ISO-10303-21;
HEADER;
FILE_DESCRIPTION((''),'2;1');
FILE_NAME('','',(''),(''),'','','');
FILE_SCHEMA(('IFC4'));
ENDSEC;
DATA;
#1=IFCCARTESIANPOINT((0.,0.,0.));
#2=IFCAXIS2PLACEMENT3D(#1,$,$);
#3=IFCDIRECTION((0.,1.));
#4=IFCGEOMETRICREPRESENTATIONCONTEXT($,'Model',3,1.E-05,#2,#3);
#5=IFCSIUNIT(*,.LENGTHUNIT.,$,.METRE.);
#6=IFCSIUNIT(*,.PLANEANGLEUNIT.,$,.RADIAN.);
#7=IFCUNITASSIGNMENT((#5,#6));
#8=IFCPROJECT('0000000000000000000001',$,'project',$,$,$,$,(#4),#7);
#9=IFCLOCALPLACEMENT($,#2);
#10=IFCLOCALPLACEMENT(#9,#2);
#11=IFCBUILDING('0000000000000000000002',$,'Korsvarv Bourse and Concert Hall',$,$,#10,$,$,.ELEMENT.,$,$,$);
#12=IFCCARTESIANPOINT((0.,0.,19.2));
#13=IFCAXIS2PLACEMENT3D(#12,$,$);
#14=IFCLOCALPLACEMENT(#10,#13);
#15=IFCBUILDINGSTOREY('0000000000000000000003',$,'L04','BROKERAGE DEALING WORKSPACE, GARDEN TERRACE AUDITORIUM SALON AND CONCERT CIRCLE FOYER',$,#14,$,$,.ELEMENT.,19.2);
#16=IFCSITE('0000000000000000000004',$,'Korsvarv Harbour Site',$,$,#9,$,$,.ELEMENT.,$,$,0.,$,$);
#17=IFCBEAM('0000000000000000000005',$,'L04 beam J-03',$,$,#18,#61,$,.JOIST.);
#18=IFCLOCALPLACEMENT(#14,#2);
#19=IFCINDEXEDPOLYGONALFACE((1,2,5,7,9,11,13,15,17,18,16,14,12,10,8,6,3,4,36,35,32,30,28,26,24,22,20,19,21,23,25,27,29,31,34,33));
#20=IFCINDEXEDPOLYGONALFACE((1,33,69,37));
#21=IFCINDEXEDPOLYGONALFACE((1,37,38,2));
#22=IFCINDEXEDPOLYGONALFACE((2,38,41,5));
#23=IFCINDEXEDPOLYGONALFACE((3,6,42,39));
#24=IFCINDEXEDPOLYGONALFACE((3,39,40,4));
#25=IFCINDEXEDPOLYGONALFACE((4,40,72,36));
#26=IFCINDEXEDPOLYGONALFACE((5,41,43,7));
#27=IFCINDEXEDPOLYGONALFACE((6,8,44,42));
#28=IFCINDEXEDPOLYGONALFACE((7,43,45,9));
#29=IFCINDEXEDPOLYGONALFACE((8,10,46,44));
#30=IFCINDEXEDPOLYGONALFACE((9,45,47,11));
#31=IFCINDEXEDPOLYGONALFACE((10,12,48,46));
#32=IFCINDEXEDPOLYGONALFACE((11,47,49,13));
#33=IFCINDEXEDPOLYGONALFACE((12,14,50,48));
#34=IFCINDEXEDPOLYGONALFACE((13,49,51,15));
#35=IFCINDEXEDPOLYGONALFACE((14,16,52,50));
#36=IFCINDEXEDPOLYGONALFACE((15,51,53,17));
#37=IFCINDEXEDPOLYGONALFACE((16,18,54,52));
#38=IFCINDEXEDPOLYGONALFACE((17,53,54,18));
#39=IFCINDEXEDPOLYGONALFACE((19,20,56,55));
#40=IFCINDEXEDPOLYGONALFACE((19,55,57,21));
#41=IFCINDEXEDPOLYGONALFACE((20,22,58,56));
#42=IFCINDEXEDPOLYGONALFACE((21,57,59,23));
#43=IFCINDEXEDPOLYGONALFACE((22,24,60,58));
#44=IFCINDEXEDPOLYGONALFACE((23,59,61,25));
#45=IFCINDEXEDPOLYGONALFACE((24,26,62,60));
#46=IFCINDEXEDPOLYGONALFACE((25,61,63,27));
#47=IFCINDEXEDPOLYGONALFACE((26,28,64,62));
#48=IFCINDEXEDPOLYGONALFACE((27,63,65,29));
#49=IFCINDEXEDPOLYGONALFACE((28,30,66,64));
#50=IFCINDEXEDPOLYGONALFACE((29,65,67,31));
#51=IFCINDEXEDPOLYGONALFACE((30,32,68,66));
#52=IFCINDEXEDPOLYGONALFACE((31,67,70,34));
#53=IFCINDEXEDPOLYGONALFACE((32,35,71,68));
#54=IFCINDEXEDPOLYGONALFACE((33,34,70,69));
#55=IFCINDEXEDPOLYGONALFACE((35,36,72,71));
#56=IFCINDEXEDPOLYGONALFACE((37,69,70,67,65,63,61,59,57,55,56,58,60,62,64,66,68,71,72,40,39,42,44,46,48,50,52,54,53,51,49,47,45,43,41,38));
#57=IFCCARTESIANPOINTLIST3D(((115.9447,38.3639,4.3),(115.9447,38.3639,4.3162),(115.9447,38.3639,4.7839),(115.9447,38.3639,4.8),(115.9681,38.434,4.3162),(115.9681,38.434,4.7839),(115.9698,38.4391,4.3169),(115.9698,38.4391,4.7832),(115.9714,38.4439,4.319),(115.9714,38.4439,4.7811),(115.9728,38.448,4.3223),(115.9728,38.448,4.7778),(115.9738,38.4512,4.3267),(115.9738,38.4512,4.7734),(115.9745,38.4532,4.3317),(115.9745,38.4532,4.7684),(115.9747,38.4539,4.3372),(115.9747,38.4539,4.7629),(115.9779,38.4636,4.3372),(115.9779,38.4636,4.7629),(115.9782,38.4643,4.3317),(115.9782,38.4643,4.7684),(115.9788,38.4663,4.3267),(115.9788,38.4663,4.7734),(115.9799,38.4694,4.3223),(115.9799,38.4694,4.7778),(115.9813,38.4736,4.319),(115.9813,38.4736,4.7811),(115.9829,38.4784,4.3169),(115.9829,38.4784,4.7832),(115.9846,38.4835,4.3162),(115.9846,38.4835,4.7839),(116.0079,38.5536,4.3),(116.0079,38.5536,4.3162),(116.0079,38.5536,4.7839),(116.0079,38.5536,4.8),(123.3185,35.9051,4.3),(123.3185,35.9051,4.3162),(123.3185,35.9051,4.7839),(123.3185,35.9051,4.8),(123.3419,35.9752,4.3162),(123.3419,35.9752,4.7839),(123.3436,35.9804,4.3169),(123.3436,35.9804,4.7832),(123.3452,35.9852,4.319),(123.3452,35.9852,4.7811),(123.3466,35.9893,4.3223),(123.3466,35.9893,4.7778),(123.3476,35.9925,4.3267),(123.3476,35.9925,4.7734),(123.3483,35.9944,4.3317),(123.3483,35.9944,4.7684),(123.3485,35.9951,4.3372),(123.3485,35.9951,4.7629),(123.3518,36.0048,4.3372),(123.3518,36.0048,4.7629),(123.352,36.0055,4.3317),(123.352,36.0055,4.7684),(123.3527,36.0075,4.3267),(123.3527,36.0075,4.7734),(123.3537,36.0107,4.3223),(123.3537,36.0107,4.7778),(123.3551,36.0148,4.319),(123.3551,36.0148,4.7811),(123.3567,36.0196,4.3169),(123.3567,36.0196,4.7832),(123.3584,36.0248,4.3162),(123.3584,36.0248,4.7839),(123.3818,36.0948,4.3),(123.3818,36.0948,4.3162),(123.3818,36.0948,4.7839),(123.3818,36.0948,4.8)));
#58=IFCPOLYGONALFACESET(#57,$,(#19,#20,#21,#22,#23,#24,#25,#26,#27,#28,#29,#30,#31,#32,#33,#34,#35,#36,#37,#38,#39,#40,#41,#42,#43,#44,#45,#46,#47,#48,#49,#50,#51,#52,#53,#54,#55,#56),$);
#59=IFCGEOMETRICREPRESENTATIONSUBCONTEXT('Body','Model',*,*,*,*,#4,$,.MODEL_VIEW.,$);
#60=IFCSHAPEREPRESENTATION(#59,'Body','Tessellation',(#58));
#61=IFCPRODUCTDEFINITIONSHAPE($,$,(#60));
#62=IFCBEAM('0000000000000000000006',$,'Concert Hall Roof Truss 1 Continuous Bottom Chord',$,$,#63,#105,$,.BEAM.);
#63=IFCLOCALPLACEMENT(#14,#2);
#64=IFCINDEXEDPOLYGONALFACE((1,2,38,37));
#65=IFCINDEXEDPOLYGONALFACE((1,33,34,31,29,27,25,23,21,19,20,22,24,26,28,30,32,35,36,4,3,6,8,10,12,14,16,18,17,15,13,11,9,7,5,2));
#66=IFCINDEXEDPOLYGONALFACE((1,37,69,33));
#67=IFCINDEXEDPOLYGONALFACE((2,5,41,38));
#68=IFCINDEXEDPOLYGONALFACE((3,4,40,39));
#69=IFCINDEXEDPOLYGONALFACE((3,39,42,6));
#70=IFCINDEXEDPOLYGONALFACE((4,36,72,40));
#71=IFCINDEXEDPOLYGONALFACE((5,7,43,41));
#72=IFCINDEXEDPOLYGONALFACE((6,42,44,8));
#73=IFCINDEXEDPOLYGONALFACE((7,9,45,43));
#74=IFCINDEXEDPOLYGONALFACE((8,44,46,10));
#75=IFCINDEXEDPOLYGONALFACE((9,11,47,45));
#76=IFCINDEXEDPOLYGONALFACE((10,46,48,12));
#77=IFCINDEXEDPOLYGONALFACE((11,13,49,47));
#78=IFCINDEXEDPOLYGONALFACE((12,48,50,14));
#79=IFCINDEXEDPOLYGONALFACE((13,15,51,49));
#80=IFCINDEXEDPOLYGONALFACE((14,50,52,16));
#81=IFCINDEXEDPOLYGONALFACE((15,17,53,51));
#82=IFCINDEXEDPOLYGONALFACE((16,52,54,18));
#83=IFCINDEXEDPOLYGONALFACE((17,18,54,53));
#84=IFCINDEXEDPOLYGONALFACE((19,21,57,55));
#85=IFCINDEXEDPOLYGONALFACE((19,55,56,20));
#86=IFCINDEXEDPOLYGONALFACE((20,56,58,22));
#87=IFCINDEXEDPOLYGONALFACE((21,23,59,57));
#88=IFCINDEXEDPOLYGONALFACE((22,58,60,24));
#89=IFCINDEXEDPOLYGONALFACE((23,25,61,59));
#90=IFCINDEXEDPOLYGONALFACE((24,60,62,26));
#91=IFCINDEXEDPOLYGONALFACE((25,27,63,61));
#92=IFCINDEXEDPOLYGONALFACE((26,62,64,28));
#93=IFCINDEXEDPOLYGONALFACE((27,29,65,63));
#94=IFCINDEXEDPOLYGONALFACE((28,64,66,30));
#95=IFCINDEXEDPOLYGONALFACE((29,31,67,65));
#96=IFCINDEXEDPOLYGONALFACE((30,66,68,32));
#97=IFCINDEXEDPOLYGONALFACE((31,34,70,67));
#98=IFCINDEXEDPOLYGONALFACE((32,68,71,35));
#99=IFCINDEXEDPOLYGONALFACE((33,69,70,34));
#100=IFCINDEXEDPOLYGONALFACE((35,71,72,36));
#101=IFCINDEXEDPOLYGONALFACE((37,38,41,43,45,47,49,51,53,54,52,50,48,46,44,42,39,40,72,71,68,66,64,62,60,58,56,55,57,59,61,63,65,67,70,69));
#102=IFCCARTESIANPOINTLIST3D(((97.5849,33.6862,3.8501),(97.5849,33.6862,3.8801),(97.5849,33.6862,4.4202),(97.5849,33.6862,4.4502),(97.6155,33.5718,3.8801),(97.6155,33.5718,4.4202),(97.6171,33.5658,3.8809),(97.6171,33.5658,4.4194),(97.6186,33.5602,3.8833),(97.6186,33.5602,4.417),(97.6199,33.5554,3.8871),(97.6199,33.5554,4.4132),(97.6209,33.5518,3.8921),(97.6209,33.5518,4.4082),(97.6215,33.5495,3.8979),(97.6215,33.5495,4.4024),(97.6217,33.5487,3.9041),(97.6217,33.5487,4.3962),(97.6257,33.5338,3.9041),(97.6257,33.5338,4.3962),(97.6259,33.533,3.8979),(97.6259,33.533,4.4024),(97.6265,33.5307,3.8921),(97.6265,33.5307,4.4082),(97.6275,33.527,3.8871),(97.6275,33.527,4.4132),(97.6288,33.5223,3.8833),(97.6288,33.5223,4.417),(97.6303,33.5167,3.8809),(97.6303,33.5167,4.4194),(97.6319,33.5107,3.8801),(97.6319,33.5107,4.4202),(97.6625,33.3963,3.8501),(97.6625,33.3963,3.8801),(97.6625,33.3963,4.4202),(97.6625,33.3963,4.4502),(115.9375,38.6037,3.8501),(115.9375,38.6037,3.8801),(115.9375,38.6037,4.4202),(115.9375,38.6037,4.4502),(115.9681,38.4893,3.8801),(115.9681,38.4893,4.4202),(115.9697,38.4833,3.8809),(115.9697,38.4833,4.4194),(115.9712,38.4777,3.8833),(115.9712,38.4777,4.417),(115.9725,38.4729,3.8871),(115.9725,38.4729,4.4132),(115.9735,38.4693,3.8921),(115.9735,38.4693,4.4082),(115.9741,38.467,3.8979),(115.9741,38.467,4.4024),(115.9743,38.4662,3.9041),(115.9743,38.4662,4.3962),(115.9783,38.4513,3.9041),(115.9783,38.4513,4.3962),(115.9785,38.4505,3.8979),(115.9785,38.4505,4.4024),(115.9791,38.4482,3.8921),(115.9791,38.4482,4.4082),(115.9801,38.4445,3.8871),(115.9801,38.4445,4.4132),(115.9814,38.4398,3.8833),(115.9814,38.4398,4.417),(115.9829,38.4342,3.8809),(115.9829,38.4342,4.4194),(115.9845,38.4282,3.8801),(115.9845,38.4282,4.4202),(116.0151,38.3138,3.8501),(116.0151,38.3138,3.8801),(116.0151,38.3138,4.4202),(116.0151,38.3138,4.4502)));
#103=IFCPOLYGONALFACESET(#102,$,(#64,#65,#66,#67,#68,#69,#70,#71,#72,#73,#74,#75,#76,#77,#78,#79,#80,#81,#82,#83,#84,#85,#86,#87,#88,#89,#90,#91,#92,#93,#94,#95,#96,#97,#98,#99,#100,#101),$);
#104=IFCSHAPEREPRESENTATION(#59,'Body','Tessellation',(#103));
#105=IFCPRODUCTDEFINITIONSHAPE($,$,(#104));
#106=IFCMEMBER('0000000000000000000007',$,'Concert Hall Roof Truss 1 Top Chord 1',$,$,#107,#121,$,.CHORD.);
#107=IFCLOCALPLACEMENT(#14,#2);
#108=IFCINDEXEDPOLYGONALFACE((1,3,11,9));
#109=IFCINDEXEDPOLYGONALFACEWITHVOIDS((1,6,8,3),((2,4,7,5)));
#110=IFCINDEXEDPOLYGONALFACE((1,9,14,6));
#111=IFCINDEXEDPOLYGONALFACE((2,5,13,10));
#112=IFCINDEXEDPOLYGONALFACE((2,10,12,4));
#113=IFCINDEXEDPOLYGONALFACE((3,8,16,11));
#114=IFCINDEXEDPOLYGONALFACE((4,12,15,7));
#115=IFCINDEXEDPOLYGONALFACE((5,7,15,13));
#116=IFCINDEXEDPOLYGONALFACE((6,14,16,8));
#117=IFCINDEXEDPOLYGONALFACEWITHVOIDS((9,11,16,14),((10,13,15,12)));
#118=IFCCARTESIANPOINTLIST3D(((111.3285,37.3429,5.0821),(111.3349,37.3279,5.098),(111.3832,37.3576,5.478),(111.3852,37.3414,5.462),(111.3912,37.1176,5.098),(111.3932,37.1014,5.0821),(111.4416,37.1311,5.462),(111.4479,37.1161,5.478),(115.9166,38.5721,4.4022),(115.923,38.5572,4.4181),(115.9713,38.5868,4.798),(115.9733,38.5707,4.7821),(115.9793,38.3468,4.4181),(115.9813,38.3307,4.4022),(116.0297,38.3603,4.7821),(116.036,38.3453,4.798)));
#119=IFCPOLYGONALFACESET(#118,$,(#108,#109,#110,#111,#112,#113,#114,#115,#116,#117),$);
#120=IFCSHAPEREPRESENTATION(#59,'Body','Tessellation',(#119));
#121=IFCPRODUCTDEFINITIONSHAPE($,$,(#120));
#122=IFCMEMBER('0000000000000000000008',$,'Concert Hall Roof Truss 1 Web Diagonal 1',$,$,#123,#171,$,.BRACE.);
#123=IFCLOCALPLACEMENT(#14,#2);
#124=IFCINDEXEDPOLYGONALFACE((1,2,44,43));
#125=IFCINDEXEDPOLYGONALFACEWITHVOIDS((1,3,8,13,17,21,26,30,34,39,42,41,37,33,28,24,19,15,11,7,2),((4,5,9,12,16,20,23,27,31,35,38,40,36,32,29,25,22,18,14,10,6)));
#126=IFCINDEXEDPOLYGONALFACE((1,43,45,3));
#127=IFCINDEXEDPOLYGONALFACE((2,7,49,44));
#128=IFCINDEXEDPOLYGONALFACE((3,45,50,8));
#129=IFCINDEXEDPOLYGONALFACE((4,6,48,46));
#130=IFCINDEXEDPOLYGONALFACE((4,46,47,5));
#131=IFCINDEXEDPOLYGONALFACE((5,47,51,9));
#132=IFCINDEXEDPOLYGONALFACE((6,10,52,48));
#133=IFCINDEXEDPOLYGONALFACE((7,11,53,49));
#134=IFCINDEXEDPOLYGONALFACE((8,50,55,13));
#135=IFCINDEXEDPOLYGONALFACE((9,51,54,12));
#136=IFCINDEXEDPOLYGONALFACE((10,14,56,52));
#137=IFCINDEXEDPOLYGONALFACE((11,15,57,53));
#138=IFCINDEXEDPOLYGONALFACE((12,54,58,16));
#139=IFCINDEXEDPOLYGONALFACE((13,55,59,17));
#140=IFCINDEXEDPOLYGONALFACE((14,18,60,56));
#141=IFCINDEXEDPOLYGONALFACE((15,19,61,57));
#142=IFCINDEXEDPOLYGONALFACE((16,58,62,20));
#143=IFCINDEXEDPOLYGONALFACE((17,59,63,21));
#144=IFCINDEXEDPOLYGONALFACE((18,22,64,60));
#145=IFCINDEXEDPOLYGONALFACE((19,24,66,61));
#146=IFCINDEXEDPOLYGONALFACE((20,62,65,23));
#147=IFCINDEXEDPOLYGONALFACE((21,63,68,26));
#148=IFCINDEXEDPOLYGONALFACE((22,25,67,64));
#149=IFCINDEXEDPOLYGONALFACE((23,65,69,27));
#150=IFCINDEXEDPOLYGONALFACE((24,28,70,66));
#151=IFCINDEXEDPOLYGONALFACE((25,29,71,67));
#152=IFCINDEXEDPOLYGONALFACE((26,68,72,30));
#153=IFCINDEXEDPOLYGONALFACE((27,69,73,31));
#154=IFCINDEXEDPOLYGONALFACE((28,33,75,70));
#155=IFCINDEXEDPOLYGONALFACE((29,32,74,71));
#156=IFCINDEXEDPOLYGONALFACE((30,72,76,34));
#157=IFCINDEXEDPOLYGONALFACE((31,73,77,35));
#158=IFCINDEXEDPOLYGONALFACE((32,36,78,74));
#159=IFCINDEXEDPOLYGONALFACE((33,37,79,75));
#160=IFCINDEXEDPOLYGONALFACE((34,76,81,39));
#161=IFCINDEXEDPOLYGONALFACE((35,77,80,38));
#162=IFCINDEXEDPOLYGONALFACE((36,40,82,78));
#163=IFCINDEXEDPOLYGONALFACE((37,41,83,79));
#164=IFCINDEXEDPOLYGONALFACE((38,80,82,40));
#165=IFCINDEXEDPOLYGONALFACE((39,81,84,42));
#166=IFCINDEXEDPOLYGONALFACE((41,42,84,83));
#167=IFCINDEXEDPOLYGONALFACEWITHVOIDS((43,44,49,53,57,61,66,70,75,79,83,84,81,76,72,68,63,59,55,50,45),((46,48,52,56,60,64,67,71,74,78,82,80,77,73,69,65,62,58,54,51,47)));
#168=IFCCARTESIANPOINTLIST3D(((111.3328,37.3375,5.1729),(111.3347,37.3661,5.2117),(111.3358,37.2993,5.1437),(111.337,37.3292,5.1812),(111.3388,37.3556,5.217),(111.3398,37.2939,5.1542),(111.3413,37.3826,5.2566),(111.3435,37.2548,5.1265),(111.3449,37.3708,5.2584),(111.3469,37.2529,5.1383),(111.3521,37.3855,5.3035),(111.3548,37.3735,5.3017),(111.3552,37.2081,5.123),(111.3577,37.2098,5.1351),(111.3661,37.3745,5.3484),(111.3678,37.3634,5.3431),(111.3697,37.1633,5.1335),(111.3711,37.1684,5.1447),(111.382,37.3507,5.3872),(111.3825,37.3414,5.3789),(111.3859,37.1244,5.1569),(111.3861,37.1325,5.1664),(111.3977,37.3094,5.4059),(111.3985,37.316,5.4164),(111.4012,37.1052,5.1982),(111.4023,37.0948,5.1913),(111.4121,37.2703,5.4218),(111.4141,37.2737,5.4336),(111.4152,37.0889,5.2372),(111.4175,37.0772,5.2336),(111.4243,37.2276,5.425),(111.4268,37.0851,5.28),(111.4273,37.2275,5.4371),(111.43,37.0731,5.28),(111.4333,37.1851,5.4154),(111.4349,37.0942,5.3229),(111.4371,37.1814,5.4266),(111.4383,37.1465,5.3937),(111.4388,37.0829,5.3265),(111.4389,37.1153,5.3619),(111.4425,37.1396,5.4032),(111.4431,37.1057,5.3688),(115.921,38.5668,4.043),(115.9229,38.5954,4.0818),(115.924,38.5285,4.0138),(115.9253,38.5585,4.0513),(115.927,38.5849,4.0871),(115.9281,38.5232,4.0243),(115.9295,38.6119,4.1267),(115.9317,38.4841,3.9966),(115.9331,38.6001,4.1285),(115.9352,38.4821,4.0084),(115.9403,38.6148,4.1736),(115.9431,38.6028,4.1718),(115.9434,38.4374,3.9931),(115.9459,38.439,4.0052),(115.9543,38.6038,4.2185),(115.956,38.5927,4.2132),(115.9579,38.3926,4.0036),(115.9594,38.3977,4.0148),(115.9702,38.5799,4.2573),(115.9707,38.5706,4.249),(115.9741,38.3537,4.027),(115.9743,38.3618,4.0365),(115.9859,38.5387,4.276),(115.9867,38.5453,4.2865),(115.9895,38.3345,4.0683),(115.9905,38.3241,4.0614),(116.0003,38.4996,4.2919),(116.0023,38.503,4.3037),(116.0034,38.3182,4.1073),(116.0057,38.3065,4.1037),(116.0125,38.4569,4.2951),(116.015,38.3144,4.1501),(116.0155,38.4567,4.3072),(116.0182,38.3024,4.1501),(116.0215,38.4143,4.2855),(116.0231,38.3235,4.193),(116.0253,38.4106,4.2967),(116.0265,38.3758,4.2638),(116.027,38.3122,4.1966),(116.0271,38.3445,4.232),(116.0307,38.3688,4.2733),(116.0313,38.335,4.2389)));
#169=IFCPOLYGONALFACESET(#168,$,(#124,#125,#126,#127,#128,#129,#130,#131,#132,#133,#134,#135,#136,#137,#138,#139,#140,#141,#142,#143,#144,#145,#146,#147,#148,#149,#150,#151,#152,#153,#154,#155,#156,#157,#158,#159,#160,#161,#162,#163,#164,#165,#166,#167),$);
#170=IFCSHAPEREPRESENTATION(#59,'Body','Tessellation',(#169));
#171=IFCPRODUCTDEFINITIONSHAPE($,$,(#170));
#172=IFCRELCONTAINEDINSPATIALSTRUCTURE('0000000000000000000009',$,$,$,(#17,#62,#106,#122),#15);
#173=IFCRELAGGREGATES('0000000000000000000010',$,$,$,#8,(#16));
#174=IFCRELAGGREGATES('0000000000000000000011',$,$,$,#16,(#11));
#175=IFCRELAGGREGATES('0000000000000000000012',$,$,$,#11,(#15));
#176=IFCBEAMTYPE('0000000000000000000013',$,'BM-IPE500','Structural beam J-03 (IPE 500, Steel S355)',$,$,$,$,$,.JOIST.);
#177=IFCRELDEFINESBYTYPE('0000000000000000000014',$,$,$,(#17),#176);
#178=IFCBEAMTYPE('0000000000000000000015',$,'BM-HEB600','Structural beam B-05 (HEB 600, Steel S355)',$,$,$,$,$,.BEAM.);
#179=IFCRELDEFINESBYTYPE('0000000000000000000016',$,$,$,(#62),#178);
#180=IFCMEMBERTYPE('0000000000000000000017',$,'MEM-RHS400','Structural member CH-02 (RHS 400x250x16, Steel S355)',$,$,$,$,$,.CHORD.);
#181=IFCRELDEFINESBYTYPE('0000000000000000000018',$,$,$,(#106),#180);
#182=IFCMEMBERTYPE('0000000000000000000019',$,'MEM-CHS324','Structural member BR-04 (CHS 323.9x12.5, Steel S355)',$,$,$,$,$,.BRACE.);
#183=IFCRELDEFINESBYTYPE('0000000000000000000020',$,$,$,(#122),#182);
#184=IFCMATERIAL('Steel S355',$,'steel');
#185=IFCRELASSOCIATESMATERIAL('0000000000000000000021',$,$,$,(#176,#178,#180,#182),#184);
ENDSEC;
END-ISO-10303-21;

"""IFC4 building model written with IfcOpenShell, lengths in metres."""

from ifc_helpers import new_model, si_unit, direction, frame, origin, origin_2d, place, context, subcontext, project, spatial, hollow_rectangle, hollow_circle, i_section, extrude, source, transform, mapped, material, material_profile, profile_set, type_object, element, save


model = new_model("IFC4")

# Units and contexts
model_context = context("Model", 3, precision=1e-05, world=origin(), true_north=direction((0.0, 1.0)))
body_context = subcontext(model_context, "Body", "Model", "MODEL_VIEW")
ifc_project = project(units=[si_unit("LENGTHUNIT", "METRE"), si_unit("PLANEANGLEUNIT", "RADIAN")], contexts=[model_context])

# Site, building, storey
site_placement = place(None, origin())
site = spatial("IfcSite", under=ifc_project, at=site_placement, Name="Korsvarv Harbour Site", CompositionType="ELEMENT", RefElevation=0.0)
building_placement = place(site_placement, origin())
building = spatial("IfcBuilding", under=site, at=building_placement, Name="Korsvarv Bourse and Concert Hall", CompositionType="ELEMENT")
storey_placement = place(building_placement, frame((0.0, 0.0, 19.2)))
storey = spatial("IfcBuildingStorey", under=building, at=storey_placement, Name="L04", Description="BROKERAGE DEALING WORKSPACE, GARDEN TERRACE AUDITORIUM SALON AND CONCERT CIRCLE FOYER", CompositionType="ELEMENT", Elevation=19.2)

# Beams
ifc_material_1 = material(Name="Steel S355", Category="steel")
ifc_material_profile_1 = material_profile(ifc_material_1, i_section(OverallWidth=0.2, OverallDepth=0.5, WebThickness=0.0103, FlangeThickness=0.0161, FilletRadius=0.021, at=origin_2d()), Name="IPE 500")
ifc_profile_set_1 = profile_set([ifc_material_profile_1], Name="Steel S355")
beam_type_1 = type_object("IfcBeamType", Name="BM-IPE500", Description="Structural beam J-03 (IPE 500, Steel S355)", PredefinedType="JOIST", material=ifc_profile_set_1)
shared_shape_1 = source(origin(), body_context, "Body", "SweptSolid", [
    extrude(i_section(OverallWidth=0.2, OverallDepth=0.5, WebThickness=0.0103, FlangeThickness=0.0161, FilletRadius=0.021, at=origin_2d()), origin(), (0.0, 0.0, 1.0), 7.7729),
])
beam_1_placement = place(storey_placement, frame((115.9763, 38.4587, 4.55), z_axis=(0.948652, -0.316322, 0.0), x_axis=(0.316322, 0.948652, 0.0)))
element("IfcBeam", 1, at=beam_1_placement, inside=storey, type_object=beam_type_1, Name="L04 beam J-03", PredefinedType="JOIST", context=body_context, shape_type="MappedRepresentation", body=[
    mapped(shared_shape_1, transform((0.0, 0.0, 0.0), scale=1.0)),
])
ifc_material_profile_2 = material_profile(ifc_material_1, i_section(OverallWidth=0.3, OverallDepth=0.6001, WebThickness=0.0154, FlangeThickness=0.03, FilletRadius=0.0239, at=origin_2d()), Name="HEB 600")
ifc_profile_set_2 = profile_set([ifc_material_profile_2], Name="Steel S355")
beam_type_2 = type_object("IfcBeamType", Name="BM-HEB600", Description="Structural beam B-05 (HEB 600, Steel S355)", PredefinedType="BEAM", material=ifc_profile_set_2)
shared_shape_2 = source(origin(), body_context, "Body", "SweptSolid", [
    extrude(i_section(OverallWidth=0.3, OverallDepth=0.6001, WebThickness=0.0154, FlangeThickness=0.03, FilletRadius=0.0239, at=origin_2d()), origin(), (0.0, 0.0, 1.0), 19.0),
])
beam_2_placement = place(storey_placement, frame((115.9763, 38.4587, 4.1501), z_axis=(-0.965927, -0.258816, 0.0), x_axis=(0.258816, -0.965927, 0.0)))
element("IfcBeam", 2, at=beam_2_placement, inside=storey, type_object=beam_type_2, Name="Concert Hall Roof Truss 1 Continuous Bottom Chord", PredefinedType="BEAM", context=body_context, shape_type="MappedRepresentation", body=[
    mapped(shared_shape_2, transform((0.0, 0.0, 0.0), scale=1.0)),
])

# Members
ifc_material_profile_3 = material_profile(ifc_material_1, hollow_rectangle(XDim=0.25, YDim=0.3999, WallThickness=0.0161, at=origin_2d()), Name="RHS 400x250x16")
ifc_profile_set_3 = profile_set([ifc_material_profile_3], Name="Steel S355")
member_type_1 = type_object("IfcMemberType", Name="MEM-RHS400", Description="Structural member CH-02 (RHS 400x250x16, Steel S355)", PredefinedType="CHORD", material=ifc_profile_set_3)
shared_shape_3 = source(origin(), body_context, "Body", "SweptSolid", [
    extrude(hollow_rectangle(XDim=0.25, YDim=0.3999, WallThickness=0.0161, at=origin_2d()), origin(), (0.0, 0.0, 1.0), 4.7983),
])
member_1_placement = place(storey_placement, frame((115.9763, 38.4587, 4.6001), z_axis=(-0.956186, -0.25618, 0.141701), x_axis=(0.258792, -0.965933, 0.0)))
element("IfcMember", 3, at=member_1_placement, inside=storey, type_object=member_type_1, Name="Concert Hall Roof Truss 1 Top Chord 1", PredefinedType="CHORD", context=body_context, shape_type="MappedRepresentation", body=[
    mapped(shared_shape_3, transform((0.0, 0.0, 0.0), scale=1.0)),
])
ifc_material_profile_4 = material_profile(ifc_material_1, hollow_circle(Radius=0.1619, WallThickness=0.0125, at=origin_2d()), Name="CHS 323.9x12.5")
ifc_profile_set_4 = profile_set([ifc_material_profile_4], Name="Steel S355")
member_type_2 = type_object("IfcMemberType", Name="MEM-CHS324", Description="Structural member BR-04 (CHS 323.9x12.5, Steel S355)", PredefinedType="BRACE", material=ifc_profile_set_4)
shared_shape_4 = source(origin(), body_context, "Body", "SweptSolid", [
    extrude(hollow_circle(Radius=0.1619, WallThickness=0.0125, at=origin_2d()), origin(), (0.0, 0.0, 1.0), 4.8826),
])
member_2_placement = place(storey_placement, frame((115.9763, 38.4587, 4.1501), z_axis=(-0.939713, -0.251767, 0.231415), x_axis=(0.258792, -0.965933, 0.0)))
element("IfcMember", 4, at=member_2_placement, inside=storey, type_object=member_type_2, Name="Concert Hall Roof Truss 1 Web Diagonal 1", PredefinedType="BRACE", context=body_context, shape_type="MappedRepresentation", body=[
    mapped(shared_shape_4, transform((0.0, 0.0, 0.0), scale=1.0)),
])

save(model, "model.ifc")
